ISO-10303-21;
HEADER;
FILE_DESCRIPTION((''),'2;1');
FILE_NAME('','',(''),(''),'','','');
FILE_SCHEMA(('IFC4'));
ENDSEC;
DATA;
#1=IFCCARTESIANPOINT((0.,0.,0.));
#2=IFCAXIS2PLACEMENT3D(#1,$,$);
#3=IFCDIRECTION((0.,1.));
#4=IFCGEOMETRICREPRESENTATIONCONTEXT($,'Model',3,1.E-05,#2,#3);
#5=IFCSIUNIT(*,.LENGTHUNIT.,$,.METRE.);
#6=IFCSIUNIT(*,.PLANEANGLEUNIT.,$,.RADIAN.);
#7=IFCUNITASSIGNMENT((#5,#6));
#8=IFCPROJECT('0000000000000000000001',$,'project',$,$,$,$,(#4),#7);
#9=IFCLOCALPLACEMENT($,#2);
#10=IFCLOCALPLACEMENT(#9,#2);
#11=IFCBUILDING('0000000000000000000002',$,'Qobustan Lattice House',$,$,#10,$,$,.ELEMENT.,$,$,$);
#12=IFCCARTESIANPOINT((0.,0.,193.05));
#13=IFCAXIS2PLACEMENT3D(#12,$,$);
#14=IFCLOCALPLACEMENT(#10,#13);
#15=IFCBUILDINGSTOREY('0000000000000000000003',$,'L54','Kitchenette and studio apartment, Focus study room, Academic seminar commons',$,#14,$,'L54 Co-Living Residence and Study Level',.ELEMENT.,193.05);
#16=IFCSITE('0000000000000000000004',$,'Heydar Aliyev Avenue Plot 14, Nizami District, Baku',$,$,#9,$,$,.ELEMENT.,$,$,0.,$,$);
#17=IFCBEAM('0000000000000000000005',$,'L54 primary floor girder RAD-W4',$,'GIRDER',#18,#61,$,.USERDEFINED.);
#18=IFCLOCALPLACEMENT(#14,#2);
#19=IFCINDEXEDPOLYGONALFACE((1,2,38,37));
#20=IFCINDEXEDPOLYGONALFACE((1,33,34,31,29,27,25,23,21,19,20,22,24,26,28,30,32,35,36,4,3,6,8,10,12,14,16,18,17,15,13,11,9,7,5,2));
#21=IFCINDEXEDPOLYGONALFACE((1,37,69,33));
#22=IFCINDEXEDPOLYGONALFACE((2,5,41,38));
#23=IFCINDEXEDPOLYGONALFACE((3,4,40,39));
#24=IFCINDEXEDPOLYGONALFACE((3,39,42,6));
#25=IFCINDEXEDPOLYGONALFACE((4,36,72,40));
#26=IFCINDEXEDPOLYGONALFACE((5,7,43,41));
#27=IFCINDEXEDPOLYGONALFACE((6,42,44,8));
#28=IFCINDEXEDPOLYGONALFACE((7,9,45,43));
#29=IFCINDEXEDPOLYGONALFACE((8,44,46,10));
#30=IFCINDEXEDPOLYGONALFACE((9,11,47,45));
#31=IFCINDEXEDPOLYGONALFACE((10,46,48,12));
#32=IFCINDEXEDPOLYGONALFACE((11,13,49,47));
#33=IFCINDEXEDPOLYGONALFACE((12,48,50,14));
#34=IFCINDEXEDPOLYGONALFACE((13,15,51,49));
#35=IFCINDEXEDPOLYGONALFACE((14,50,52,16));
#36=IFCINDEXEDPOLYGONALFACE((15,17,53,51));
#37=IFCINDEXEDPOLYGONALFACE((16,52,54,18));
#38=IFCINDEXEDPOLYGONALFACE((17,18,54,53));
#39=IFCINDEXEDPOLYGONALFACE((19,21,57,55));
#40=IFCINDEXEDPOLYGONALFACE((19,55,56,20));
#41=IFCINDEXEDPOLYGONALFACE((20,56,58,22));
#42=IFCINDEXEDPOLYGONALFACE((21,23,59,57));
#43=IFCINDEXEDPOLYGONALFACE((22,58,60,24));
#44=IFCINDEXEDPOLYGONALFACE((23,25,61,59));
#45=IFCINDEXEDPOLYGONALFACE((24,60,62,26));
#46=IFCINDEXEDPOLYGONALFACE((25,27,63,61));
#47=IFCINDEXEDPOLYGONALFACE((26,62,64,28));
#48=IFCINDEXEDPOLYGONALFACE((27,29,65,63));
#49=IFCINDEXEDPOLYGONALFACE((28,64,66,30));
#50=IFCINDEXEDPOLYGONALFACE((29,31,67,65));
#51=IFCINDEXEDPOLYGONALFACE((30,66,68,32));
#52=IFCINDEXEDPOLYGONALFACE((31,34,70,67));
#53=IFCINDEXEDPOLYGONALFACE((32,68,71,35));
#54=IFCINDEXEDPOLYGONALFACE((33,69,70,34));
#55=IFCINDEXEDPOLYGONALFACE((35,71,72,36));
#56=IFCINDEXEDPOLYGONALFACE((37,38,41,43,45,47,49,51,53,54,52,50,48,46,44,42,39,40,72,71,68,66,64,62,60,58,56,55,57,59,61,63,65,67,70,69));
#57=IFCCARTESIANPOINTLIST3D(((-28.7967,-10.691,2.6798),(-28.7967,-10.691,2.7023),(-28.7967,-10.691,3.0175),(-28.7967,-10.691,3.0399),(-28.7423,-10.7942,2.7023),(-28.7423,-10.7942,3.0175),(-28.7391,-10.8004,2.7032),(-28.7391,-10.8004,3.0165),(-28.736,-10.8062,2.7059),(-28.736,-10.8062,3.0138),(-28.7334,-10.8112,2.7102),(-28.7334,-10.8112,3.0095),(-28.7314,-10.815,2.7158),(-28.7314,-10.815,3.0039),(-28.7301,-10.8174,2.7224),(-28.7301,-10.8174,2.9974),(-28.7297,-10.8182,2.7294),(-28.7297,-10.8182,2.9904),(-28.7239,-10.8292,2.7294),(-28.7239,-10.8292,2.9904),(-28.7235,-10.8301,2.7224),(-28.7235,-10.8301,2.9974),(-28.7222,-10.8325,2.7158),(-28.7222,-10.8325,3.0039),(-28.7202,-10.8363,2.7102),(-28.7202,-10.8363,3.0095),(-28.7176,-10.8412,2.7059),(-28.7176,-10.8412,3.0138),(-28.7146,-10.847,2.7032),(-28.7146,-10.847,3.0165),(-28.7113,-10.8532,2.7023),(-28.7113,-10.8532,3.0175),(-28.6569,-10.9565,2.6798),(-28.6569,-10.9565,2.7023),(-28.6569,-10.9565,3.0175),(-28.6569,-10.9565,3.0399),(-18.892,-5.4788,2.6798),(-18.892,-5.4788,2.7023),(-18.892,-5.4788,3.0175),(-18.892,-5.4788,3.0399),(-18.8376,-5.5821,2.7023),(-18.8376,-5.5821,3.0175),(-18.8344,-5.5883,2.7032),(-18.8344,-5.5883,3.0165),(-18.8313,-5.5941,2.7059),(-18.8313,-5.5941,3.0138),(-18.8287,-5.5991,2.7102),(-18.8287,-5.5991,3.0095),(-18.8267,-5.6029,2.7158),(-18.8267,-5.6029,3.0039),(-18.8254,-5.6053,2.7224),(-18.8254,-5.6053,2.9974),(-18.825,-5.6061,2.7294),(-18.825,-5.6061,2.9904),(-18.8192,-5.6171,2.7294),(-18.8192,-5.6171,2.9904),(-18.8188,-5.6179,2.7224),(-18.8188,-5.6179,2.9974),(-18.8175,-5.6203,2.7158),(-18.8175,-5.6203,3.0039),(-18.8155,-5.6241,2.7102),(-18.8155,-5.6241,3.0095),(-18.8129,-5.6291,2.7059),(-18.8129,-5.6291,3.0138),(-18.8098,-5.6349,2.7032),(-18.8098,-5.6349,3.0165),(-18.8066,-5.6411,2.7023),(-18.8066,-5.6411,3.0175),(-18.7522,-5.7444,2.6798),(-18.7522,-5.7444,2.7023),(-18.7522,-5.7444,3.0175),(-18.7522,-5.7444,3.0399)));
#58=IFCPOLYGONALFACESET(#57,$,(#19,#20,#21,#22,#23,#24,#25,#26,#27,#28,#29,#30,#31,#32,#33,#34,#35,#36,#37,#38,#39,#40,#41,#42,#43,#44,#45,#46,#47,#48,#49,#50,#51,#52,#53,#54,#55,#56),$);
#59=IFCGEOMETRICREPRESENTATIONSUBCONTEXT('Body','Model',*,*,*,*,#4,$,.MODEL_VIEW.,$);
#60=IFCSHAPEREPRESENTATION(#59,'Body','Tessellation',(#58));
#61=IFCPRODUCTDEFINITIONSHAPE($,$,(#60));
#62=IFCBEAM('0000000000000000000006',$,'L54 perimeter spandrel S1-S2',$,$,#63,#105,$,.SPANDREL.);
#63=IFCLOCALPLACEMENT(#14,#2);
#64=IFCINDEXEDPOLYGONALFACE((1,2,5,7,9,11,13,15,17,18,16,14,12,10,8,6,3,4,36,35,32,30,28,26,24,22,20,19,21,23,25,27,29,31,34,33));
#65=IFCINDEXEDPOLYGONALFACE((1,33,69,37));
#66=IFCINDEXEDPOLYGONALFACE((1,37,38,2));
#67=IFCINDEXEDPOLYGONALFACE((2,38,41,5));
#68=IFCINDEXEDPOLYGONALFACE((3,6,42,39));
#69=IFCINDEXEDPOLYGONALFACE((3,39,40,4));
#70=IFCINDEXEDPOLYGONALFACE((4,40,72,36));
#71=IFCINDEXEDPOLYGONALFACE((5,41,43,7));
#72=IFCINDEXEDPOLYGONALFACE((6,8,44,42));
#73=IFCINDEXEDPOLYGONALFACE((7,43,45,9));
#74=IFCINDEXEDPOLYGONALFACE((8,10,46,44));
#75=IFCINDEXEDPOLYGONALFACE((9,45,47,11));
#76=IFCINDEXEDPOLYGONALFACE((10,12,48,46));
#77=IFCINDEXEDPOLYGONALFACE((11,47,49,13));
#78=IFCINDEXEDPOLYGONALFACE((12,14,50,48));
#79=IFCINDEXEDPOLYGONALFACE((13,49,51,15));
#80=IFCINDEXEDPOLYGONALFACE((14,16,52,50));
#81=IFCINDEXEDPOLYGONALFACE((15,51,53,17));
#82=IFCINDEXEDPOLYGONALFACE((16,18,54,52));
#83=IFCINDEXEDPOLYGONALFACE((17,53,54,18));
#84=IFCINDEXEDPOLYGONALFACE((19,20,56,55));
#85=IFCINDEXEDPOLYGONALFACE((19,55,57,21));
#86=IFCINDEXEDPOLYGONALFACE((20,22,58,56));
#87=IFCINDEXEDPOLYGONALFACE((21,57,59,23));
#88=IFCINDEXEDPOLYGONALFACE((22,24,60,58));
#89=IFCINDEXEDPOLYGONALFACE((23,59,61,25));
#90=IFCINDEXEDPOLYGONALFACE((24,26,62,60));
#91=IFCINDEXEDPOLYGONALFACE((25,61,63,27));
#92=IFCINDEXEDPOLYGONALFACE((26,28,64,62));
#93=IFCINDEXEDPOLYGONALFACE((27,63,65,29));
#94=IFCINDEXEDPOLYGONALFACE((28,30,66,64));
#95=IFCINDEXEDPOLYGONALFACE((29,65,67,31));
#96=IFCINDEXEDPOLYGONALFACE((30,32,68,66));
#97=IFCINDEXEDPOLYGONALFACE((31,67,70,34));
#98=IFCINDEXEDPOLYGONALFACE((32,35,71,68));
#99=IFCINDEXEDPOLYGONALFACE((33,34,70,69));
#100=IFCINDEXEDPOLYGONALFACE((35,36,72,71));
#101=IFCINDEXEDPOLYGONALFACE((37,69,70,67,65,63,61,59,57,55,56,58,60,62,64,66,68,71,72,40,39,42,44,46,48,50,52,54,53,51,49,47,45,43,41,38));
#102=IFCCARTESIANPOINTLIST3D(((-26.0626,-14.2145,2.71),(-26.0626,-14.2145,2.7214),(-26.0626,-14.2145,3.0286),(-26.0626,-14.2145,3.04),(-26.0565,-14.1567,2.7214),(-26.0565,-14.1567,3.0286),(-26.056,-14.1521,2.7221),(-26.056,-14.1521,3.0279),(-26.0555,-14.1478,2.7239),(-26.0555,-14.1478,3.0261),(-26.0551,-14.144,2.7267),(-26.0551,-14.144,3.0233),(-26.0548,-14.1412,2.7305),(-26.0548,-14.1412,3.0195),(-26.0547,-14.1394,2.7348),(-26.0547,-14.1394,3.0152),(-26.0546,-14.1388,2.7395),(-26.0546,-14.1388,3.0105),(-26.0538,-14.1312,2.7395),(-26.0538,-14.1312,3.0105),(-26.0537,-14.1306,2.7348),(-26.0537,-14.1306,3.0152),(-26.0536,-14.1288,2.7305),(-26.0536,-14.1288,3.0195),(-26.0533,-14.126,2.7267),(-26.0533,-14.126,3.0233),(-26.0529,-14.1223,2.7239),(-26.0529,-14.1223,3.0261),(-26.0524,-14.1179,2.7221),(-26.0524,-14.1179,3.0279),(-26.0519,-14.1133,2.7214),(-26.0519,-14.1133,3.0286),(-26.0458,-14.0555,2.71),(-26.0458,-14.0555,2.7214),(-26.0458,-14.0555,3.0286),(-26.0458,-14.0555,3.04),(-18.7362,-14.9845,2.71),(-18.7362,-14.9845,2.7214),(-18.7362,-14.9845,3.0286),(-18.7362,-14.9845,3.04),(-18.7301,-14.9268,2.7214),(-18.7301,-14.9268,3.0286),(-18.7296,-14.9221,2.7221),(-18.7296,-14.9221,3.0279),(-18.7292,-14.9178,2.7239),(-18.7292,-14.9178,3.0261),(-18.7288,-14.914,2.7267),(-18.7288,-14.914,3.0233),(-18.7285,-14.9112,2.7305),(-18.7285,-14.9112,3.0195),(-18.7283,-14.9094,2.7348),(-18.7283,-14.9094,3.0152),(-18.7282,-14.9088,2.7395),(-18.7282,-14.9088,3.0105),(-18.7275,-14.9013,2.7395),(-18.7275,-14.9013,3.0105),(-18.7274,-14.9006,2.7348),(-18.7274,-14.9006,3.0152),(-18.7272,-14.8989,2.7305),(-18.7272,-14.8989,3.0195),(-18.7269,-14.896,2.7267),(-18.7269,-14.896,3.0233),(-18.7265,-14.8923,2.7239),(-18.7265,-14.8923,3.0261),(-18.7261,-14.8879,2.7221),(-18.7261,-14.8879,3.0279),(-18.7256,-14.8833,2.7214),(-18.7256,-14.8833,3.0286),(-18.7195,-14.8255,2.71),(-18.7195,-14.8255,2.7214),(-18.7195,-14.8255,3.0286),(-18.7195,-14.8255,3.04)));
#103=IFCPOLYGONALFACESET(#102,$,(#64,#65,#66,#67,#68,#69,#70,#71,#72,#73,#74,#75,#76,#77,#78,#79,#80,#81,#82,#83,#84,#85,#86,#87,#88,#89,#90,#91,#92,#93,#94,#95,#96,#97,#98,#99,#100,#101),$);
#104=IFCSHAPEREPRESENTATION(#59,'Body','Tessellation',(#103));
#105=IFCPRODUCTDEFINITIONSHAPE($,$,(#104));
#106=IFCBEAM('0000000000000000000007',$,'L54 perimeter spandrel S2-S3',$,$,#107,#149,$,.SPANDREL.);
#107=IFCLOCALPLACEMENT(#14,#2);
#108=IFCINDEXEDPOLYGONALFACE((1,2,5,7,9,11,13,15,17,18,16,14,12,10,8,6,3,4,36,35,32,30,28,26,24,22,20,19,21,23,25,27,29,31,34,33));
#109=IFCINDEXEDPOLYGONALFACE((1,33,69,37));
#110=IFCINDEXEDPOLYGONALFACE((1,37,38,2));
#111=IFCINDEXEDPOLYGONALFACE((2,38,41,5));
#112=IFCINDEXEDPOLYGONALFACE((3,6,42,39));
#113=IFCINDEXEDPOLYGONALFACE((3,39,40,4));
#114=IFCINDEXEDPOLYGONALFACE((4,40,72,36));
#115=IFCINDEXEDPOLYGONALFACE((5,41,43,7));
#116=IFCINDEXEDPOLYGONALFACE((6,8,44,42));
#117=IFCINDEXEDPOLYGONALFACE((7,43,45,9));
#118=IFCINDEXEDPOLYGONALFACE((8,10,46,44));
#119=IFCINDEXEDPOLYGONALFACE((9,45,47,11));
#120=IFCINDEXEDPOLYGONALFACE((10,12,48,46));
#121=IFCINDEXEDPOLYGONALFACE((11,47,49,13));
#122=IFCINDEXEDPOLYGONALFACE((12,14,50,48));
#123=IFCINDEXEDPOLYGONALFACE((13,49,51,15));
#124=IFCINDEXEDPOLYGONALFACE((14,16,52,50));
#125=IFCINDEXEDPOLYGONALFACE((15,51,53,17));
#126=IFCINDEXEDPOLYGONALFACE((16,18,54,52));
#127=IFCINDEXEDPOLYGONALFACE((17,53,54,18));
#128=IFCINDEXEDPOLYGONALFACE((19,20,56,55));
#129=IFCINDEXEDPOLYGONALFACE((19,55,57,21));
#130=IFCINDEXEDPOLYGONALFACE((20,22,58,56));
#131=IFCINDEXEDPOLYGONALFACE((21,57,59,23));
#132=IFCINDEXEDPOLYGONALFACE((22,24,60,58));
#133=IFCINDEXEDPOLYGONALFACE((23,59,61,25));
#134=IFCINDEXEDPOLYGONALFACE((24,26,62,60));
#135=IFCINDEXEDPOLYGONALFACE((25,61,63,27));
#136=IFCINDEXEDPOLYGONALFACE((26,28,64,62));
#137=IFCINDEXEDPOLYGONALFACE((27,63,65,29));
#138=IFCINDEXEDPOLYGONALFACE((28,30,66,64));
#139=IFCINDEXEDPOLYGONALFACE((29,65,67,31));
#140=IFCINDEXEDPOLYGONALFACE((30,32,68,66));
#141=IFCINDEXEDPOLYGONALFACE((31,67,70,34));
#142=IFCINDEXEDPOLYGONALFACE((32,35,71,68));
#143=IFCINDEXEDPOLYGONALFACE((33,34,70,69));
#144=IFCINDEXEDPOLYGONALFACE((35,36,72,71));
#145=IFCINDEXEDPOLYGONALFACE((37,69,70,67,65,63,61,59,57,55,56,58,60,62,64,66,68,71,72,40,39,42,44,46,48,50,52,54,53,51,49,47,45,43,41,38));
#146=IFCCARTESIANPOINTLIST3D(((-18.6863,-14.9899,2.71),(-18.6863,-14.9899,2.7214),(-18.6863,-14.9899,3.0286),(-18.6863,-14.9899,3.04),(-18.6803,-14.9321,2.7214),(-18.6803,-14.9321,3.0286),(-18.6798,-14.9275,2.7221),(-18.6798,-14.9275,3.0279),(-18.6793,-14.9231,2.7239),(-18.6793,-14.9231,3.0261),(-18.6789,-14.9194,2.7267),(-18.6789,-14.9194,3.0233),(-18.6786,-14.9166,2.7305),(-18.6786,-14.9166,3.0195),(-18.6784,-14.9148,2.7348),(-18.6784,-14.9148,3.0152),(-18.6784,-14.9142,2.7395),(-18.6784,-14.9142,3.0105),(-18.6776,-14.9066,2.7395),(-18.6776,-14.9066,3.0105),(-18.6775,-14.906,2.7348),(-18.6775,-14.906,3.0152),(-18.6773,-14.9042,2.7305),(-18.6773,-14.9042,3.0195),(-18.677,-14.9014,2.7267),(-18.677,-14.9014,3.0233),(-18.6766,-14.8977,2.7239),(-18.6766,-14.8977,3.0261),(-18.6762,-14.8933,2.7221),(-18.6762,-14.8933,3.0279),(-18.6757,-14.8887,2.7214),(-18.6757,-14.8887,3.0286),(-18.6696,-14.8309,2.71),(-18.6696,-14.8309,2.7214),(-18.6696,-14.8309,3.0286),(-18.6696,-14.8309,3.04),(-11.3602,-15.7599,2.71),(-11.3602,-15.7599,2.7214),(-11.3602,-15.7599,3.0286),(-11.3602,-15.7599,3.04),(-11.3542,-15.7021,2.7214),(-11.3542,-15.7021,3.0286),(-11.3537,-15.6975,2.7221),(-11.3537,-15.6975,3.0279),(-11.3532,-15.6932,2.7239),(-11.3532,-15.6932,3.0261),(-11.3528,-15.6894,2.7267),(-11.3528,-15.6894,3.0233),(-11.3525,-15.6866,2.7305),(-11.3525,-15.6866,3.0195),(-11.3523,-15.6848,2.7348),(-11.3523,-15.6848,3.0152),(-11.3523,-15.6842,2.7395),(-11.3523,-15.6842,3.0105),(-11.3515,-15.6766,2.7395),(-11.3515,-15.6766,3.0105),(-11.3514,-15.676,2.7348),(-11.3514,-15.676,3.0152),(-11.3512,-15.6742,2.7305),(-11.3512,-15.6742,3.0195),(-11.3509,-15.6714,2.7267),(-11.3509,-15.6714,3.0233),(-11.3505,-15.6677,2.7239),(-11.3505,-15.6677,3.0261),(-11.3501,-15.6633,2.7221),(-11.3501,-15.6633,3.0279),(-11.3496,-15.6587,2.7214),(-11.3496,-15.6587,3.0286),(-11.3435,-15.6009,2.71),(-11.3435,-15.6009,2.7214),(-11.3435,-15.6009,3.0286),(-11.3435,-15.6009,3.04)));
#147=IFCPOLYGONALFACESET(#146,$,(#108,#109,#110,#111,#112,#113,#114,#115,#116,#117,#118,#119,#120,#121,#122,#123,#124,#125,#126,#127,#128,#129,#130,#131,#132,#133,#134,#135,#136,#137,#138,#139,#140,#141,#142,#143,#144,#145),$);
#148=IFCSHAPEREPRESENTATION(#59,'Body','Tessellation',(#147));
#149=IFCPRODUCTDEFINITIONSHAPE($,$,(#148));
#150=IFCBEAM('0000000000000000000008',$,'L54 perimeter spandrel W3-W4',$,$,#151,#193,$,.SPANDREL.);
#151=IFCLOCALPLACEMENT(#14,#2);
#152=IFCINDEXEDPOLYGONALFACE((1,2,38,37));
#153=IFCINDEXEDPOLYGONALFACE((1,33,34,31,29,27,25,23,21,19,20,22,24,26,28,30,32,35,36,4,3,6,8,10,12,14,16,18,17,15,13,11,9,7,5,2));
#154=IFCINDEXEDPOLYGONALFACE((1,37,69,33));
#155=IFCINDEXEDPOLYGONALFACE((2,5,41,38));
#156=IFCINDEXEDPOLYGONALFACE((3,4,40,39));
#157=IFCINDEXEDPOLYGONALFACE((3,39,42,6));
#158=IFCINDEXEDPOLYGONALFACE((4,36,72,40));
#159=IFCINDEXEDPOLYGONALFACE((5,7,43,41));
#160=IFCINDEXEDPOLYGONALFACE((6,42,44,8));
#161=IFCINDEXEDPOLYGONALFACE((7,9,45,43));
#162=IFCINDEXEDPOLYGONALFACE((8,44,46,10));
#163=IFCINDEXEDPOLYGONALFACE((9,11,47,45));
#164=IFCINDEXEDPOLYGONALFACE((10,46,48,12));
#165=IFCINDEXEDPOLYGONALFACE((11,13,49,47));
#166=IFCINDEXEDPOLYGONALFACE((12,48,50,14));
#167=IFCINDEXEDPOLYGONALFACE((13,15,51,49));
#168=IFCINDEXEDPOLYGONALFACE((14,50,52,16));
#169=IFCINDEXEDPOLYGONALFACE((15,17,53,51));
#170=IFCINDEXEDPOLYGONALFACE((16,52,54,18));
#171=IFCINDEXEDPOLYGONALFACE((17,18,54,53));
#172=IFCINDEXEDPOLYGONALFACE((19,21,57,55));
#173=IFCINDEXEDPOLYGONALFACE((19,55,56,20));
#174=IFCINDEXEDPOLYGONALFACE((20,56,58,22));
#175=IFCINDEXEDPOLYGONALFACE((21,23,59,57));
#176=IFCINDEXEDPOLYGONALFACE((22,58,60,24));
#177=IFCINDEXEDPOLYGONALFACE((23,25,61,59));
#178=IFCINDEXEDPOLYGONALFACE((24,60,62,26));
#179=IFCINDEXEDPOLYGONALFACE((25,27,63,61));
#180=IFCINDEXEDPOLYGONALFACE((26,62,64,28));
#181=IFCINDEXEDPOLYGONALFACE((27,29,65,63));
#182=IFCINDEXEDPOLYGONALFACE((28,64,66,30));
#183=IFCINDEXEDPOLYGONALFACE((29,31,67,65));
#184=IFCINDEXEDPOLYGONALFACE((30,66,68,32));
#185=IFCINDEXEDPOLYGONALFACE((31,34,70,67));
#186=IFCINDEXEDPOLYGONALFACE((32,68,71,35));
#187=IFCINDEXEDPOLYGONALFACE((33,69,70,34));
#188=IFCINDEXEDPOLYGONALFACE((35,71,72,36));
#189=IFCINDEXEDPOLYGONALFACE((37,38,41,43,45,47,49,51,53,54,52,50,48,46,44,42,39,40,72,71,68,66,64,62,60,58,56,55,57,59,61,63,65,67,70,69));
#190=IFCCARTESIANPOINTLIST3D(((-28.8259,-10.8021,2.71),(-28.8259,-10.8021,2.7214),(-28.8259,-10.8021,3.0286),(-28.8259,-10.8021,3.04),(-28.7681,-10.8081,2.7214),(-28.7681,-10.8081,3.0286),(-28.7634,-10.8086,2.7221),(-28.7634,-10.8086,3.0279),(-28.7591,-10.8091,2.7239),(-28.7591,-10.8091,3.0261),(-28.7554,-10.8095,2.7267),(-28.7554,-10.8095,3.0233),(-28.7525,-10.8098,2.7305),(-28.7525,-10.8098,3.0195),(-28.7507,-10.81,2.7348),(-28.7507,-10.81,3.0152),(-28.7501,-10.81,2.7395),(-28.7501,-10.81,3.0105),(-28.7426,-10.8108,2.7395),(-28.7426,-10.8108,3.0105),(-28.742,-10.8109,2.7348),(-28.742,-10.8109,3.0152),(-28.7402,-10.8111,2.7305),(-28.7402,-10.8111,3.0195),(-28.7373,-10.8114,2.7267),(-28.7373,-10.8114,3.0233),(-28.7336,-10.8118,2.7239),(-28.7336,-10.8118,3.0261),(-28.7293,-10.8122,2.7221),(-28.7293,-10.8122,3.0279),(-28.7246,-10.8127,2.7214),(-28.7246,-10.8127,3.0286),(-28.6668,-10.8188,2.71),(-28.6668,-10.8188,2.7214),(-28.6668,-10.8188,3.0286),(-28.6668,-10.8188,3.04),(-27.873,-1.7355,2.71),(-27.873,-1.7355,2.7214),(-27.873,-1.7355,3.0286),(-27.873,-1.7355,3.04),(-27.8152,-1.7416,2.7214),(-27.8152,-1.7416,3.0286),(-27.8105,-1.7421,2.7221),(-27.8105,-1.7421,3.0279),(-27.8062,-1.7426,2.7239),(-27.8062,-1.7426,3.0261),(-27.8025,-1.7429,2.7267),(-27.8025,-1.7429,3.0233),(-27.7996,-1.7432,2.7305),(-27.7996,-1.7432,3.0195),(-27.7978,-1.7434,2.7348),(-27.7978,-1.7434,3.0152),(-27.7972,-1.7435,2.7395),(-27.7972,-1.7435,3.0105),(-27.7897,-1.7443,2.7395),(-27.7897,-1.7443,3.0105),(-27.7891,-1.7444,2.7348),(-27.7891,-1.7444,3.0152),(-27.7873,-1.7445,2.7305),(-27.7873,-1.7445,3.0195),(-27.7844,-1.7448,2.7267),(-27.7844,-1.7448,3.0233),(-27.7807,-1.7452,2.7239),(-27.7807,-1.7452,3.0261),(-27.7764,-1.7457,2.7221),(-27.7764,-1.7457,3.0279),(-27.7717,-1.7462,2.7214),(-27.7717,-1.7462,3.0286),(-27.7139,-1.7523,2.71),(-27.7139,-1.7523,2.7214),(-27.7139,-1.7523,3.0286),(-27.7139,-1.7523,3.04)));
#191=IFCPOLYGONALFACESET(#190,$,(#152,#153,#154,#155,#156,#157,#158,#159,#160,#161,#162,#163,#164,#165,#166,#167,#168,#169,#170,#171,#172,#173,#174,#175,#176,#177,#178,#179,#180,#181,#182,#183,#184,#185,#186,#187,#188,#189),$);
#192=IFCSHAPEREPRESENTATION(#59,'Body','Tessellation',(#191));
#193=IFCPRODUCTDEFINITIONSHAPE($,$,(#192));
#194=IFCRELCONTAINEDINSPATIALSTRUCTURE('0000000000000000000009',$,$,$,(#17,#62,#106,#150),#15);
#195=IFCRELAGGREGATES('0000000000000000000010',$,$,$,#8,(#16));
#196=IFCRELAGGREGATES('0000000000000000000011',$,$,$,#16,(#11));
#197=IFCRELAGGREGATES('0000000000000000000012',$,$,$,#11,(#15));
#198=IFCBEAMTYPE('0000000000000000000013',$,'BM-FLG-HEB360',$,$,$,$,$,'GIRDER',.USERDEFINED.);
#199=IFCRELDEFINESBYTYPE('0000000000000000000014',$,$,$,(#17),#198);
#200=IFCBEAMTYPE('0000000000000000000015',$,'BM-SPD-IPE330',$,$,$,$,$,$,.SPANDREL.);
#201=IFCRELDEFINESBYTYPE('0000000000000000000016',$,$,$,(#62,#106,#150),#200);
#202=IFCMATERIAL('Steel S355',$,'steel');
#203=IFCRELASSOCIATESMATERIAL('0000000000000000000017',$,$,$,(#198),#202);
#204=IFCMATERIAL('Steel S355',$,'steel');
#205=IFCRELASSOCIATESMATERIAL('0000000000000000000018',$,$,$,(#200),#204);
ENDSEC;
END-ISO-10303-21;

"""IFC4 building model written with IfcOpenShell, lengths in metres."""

from ifc_helpers import new_model, si_unit, direction, frame, origin, origin_2d, place, context, subcontext, project, spatial, i_section, extrude, material, material_profile, profile_set, type_object, element, save


model = new_model("IFC4")

# Units and contexts
model_context = context("Model", 3, precision=1e-05, world=origin(), true_north=direction((0.0, 1.0)))
body_context = subcontext(model_context, "Body", "Model", "MODEL_VIEW")
ifc_project = project(units=[si_unit("LENGTHUNIT", "METRE"), si_unit("PLANEANGLEUNIT", "RADIAN")], contexts=[model_context])

# Site, building, storey
site_placement = place(None, origin())
site = spatial("IfcSite", under=ifc_project, at=site_placement, Name="Heydar Aliyev Avenue Plot 14, Nizami District, Baku", CompositionType="ELEMENT", RefElevation=0.0)
building_placement = place(site_placement, origin())
building = spatial("IfcBuilding", under=site, at=building_placement, Name="Qobustan Lattice House", CompositionType="ELEMENT")
storey_placement = place(building_placement, frame((0.0, 0.0, 193.05)))
storey = spatial("IfcBuildingStorey", under=building, at=storey_placement, Name="L54", Description="Kitchenette and studio apartment, Focus study room, Academic seminar commons", LongName="L54 Co-Living Residence and Study Level", CompositionType="ELEMENT", Elevation=193.05)

# Beams
ifc_material_1 = material(Name="Steel S355", Category="steel")
ifc_material_profile_1 = material_profile(ifc_material_1, i_section(OverallWidth=0.3, OverallDepth=0.3601, WebThickness=0.0125, FlangeThickness=0.0225, FilletRadius=0.0271, at=origin_2d()), Name="HEB360")
ifc_profile_set_1 = profile_set([ifc_material_profile_1], Name="Steel S355")
beam_type_1 = type_object("IfcBeamType", Name="BM-FLG-HEB360", ElementType="GIRDER", PredefinedType="USERDEFINED", material=ifc_profile_set_1)
beam_1_placement = place(storey_placement, frame((-28.7268, -10.8237, 2.8599), z_axis=(0.884951, 0.465684, 0.0), x_axis=(-0.465684, 0.884951, 0.0)))
element("IfcBeam", 1, at=beam_1_placement, inside=storey, type_object=beam_type_1, Name="L54 primary floor girder RAD-W4", ObjectType="GIRDER", PredefinedType="USERDEFINED", context=body_context, shape_type="SweptSolid", body=[
    extrude(i_section(OverallWidth=0.3, OverallDepth=0.3601, WebThickness=0.0125, FlangeThickness=0.0225, FilletRadius=0.0271, at=origin_2d()), origin(), (0.0, 0.0, 1.0), 11.1924),
])
ifc_material_2 = material(Name="Steel S355", Category="steel")
ifc_material_profile_2 = material_profile(ifc_material_2, i_section(OverallWidth=0.1599, OverallDepth=0.3301, WebThickness=0.0076, FlangeThickness=0.0115, FilletRadius=0.0181, at=origin_2d()), Name="IPE330")
ifc_profile_set_2 = profile_set([ifc_material_profile_2], Name="Steel S355")
beam_type_2 = type_object("IfcBeamType", Name="BM-SPD-IPE330", PredefinedType="SPANDREL", material=ifc_profile_set_2)
beam_2_placement = place(storey_placement, frame((-26.0542, -14.135, 2.875), z_axis=(0.994522, -0.104526, 0.0), x_axis=(0.104526, 0.994522, 0.0)))
element("IfcBeam", 2, at=beam_2_placement, inside=storey, type_object=beam_type_2, Name="L54 perimeter spandrel S1-S2", PredefinedType="SPANDREL", context=body_context, shape_type="SweptSolid", body=[
    extrude(i_section(OverallWidth=0.1599, OverallDepth=0.3301, WebThickness=0.0076, FlangeThickness=0.0115, FilletRadius=0.0181, at=origin_2d()), origin(), (0.0, 0.0, 1.0), 7.3667),
])
beam_3_placement = place(storey_placement, frame((-18.678, -14.9104, 2.875), z_axis=(0.994522, -0.10453, 0.0), x_axis=(0.10453, 0.994522, 0.0)))
element("IfcBeam", 3, at=beam_3_placement, inside=storey, type_object=beam_type_2, Name="L54 perimeter spandrel S2-S3", PredefinedType="SPANDREL", context=body_context, shape_type="SweptSolid", body=[
    extrude(i_section(OverallWidth=0.1599, OverallDepth=0.3301, WebThickness=0.0076, FlangeThickness=0.0115, FilletRadius=0.0181, at=origin_2d()), origin(), (0.0, 0.0, 1.0), 7.3665),
])
beam_4_placement = place(storey_placement, frame((-27.7935, -1.7439, 2.875), z_axis=(-0.104524, -0.994522, 0.0), x_axis=(0.994522, -0.104524, 0.0)))
element("IfcBeam", 4, at=beam_4_placement, inside=storey, type_object=beam_type_2, Name="L54 perimeter spandrel W3-W4", PredefinedType="SPANDREL", context=body_context, shape_type="SweptSolid", body=[
    extrude(i_section(OverallWidth=0.1599, OverallDepth=0.3301, WebThickness=0.0076, FlangeThickness=0.0115, FilletRadius=0.0181, at=origin_2d()), origin(), (0.0, 0.0, 1.0), 9.1165),
])

save(model, "model.ifc")
